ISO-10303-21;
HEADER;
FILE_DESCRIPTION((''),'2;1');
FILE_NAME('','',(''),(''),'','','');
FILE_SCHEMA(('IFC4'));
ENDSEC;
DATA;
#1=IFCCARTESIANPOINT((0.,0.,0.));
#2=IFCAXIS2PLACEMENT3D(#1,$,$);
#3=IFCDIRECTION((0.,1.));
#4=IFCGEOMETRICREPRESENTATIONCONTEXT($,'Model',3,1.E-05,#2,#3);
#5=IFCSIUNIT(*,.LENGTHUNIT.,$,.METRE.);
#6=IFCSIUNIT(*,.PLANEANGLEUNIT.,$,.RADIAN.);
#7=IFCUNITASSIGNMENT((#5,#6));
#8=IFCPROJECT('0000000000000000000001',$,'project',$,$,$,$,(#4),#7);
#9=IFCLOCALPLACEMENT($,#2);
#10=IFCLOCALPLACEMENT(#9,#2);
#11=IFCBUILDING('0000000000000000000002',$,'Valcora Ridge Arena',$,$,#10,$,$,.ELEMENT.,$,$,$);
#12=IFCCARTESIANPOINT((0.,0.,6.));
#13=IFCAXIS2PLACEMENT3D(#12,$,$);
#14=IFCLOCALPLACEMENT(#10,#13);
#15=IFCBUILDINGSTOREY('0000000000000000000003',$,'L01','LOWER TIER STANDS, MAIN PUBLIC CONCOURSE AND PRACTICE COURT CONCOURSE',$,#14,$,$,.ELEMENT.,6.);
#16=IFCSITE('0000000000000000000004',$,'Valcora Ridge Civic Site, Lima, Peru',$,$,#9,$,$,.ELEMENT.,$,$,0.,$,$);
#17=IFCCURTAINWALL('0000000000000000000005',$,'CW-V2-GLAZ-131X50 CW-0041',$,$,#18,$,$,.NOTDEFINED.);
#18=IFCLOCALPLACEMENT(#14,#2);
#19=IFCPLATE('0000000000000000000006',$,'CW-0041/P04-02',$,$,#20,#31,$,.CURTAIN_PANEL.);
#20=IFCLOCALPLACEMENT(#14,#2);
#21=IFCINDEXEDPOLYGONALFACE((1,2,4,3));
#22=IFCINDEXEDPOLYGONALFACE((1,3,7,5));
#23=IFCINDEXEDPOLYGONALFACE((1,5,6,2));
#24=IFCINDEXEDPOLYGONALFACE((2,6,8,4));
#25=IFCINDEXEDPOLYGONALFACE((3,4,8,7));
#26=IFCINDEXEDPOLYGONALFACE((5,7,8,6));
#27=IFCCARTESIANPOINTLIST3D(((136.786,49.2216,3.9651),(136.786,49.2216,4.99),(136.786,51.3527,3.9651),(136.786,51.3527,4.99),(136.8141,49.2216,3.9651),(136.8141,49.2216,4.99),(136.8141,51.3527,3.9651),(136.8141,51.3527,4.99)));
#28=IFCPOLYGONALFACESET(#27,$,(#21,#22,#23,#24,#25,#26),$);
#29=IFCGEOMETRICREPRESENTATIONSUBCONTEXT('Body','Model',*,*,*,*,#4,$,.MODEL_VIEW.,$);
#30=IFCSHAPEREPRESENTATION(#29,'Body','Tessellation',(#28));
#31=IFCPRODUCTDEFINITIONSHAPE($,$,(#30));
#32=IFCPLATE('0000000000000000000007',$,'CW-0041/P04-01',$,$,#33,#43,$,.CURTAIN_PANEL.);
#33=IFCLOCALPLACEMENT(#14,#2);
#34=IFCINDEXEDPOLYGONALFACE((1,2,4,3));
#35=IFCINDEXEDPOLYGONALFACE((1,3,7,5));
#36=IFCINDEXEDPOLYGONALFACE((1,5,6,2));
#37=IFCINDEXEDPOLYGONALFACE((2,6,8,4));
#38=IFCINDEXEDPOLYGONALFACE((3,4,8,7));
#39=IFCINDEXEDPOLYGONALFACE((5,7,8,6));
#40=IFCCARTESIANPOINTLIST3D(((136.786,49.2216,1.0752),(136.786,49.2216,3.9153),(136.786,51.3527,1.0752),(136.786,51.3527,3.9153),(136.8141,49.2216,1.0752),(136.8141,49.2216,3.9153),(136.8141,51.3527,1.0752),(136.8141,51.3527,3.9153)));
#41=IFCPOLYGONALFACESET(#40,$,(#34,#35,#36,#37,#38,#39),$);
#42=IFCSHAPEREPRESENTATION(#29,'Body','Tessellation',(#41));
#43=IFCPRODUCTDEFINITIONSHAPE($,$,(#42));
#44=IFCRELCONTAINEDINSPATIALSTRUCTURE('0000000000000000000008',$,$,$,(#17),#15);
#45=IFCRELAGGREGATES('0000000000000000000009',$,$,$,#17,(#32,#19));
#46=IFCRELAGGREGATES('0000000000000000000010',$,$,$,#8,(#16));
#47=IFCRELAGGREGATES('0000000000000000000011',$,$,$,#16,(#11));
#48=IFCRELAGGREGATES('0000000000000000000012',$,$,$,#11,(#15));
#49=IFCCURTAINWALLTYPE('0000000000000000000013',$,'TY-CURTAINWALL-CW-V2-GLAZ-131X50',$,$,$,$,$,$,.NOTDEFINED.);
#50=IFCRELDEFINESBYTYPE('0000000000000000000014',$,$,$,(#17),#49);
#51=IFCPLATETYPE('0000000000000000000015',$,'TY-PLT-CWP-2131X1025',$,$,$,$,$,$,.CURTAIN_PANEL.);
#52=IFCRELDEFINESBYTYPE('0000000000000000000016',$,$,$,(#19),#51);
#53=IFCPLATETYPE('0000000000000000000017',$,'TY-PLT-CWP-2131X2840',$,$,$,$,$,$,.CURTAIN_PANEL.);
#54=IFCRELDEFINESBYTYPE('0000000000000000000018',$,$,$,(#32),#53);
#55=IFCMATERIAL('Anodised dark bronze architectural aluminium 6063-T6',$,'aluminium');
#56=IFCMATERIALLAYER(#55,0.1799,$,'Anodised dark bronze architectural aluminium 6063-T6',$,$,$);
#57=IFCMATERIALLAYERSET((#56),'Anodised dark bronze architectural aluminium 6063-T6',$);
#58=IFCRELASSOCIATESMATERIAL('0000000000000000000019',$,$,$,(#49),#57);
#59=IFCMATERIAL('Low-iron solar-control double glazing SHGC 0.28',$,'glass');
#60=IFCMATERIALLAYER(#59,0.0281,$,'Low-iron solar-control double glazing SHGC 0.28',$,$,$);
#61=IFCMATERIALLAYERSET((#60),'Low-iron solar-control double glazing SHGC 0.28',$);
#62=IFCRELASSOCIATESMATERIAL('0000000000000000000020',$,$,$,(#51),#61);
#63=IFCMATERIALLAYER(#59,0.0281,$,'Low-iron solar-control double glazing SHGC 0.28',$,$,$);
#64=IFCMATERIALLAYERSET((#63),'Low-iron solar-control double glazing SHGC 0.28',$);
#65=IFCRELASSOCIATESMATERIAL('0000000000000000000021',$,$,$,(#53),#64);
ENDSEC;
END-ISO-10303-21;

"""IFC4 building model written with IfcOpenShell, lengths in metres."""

from ifc_helpers import new_model, si_unit, direction, frame, origin, origin_2d, place, context, subcontext, project, spatial, rectangle, extrude, material, layer, layer_set, type_object, element, aggregate, save


model = new_model("IFC4")

# Units and contexts
model_context = context("Model", 3, precision=1e-05, world=origin(), true_north=direction((0.0, 1.0)))
body_context = subcontext(model_context, "Body", "Model", "MODEL_VIEW")
ifc_project = project(units=[si_unit("LENGTHUNIT", "METRE"), si_unit("PLANEANGLEUNIT", "RADIAN")], contexts=[model_context])

# Site, building, storey
site_placement = place(None, origin())
site = spatial("IfcSite", under=ifc_project, at=site_placement, Name="Valcora Ridge Civic Site, Lima, Peru", CompositionType="ELEMENT", RefElevation=0.0)
building_placement = place(site_placement, origin())
building = spatial("IfcBuilding", under=site, at=building_placement, Name="Valcora Ridge Arena", CompositionType="ELEMENT")
storey_placement = place(building_placement, frame((0.0, 0.0, 6.0)))
storey = spatial("IfcBuildingStorey", under=building, at=storey_placement, Name="L01", Description="LOWER TIER STANDS, MAIN PUBLIC CONCOURSE AND PRACTICE COURT CONCOURSE", CompositionType="ELEMENT", Elevation=6.0)

# Curtain wall
ifc_material_1 = material(Name="Anodised dark bronze architectural aluminium 6063-T6", Category="aluminium")
ifc_layer_1 = layer(ifc_material_1, 0.1799, Name="Anodised dark bronze architectural aluminium 6063-T6")
ifc_layer_set_1 = layer_set([ifc_layer_1], Name="Anodised dark bronze architectural aluminium 6063-T6")
curtain_wall_type_1 = type_object("IfcCurtainWallType", Name="TY-CURTAINWALL-CW-V2-GLAZ-131X50", PredefinedType="NOTDEFINED", material=ifc_layer_set_1)
curtain_wall_1_placement = place(storey_placement, origin())
curtain_wall_1 = element("IfcCurtainWall", 1, at=curtain_wall_1_placement, inside=storey, type_object=curtain_wall_type_1, Name="CW-V2-GLAZ-131X50 CW-0041", PredefinedType="NOTDEFINED")

# Plates
ifc_material_2 = material(Name="Low-iron solar-control double glazing SHGC 0.28", Category="glass")
ifc_layer_2 = layer(ifc_material_2, 0.0281, Name="Low-iron solar-control double glazing SHGC 0.28")
ifc_layer_set_2 = layer_set([ifc_layer_2], Name="Low-iron solar-control double glazing SHGC 0.28")
plate_type_1 = type_object("IfcPlateType", Name="TY-PLT-CWP-2131X1025", PredefinedType="CURTAIN_PANEL", material=ifc_layer_set_2)
plate_1_placement = place(storey_placement, frame((136.8, 50.2871, 3.9651), z_axis=(0.0, 0.0, 1.0), x_axis=(0.0, 1.0, 0.0)))
plate_1 = element("IfcPlate", 2, at=plate_1_placement, type_object=plate_type_1, Name="CW-0041/P04-02", PredefinedType="CURTAIN_PANEL", context=body_context, shape_type="SweptSolid", body=[
    extrude(rectangle(XDim=2.1311, YDim=0.0281, at=origin_2d()), origin(), (0.0, 0.0, 1.0), 1.0249),
])
ifc_layer_3 = layer(ifc_material_2, 0.0281, Name="Low-iron solar-control double glazing SHGC 0.28")
ifc_layer_set_3 = layer_set([ifc_layer_3], Name="Low-iron solar-control double glazing SHGC 0.28")
plate_type_2 = type_object("IfcPlateType", Name="TY-PLT-CWP-2131X2840", PredefinedType="CURTAIN_PANEL", material=ifc_layer_set_3)
plate_2_placement = place(storey_placement, frame((136.8, 50.2871, 1.0752), z_axis=(0.0, 0.0, 1.0), x_axis=(0.0, 1.0, 0.0)))
plate_2 = element("IfcPlate", 3, at=plate_2_placement, type_object=plate_type_2, Name="CW-0041/P04-01", PredefinedType="CURTAIN_PANEL", context=body_context, shape_type="SweptSolid", body=[
    extrude(rectangle(XDim=2.1311, YDim=0.0281, at=origin_2d()), origin(), (0.0, 0.0, 1.0), 2.8401),
])
aggregate(curtain_wall_1, [plate_2, plate_1])

save(model, "model.ifc")
